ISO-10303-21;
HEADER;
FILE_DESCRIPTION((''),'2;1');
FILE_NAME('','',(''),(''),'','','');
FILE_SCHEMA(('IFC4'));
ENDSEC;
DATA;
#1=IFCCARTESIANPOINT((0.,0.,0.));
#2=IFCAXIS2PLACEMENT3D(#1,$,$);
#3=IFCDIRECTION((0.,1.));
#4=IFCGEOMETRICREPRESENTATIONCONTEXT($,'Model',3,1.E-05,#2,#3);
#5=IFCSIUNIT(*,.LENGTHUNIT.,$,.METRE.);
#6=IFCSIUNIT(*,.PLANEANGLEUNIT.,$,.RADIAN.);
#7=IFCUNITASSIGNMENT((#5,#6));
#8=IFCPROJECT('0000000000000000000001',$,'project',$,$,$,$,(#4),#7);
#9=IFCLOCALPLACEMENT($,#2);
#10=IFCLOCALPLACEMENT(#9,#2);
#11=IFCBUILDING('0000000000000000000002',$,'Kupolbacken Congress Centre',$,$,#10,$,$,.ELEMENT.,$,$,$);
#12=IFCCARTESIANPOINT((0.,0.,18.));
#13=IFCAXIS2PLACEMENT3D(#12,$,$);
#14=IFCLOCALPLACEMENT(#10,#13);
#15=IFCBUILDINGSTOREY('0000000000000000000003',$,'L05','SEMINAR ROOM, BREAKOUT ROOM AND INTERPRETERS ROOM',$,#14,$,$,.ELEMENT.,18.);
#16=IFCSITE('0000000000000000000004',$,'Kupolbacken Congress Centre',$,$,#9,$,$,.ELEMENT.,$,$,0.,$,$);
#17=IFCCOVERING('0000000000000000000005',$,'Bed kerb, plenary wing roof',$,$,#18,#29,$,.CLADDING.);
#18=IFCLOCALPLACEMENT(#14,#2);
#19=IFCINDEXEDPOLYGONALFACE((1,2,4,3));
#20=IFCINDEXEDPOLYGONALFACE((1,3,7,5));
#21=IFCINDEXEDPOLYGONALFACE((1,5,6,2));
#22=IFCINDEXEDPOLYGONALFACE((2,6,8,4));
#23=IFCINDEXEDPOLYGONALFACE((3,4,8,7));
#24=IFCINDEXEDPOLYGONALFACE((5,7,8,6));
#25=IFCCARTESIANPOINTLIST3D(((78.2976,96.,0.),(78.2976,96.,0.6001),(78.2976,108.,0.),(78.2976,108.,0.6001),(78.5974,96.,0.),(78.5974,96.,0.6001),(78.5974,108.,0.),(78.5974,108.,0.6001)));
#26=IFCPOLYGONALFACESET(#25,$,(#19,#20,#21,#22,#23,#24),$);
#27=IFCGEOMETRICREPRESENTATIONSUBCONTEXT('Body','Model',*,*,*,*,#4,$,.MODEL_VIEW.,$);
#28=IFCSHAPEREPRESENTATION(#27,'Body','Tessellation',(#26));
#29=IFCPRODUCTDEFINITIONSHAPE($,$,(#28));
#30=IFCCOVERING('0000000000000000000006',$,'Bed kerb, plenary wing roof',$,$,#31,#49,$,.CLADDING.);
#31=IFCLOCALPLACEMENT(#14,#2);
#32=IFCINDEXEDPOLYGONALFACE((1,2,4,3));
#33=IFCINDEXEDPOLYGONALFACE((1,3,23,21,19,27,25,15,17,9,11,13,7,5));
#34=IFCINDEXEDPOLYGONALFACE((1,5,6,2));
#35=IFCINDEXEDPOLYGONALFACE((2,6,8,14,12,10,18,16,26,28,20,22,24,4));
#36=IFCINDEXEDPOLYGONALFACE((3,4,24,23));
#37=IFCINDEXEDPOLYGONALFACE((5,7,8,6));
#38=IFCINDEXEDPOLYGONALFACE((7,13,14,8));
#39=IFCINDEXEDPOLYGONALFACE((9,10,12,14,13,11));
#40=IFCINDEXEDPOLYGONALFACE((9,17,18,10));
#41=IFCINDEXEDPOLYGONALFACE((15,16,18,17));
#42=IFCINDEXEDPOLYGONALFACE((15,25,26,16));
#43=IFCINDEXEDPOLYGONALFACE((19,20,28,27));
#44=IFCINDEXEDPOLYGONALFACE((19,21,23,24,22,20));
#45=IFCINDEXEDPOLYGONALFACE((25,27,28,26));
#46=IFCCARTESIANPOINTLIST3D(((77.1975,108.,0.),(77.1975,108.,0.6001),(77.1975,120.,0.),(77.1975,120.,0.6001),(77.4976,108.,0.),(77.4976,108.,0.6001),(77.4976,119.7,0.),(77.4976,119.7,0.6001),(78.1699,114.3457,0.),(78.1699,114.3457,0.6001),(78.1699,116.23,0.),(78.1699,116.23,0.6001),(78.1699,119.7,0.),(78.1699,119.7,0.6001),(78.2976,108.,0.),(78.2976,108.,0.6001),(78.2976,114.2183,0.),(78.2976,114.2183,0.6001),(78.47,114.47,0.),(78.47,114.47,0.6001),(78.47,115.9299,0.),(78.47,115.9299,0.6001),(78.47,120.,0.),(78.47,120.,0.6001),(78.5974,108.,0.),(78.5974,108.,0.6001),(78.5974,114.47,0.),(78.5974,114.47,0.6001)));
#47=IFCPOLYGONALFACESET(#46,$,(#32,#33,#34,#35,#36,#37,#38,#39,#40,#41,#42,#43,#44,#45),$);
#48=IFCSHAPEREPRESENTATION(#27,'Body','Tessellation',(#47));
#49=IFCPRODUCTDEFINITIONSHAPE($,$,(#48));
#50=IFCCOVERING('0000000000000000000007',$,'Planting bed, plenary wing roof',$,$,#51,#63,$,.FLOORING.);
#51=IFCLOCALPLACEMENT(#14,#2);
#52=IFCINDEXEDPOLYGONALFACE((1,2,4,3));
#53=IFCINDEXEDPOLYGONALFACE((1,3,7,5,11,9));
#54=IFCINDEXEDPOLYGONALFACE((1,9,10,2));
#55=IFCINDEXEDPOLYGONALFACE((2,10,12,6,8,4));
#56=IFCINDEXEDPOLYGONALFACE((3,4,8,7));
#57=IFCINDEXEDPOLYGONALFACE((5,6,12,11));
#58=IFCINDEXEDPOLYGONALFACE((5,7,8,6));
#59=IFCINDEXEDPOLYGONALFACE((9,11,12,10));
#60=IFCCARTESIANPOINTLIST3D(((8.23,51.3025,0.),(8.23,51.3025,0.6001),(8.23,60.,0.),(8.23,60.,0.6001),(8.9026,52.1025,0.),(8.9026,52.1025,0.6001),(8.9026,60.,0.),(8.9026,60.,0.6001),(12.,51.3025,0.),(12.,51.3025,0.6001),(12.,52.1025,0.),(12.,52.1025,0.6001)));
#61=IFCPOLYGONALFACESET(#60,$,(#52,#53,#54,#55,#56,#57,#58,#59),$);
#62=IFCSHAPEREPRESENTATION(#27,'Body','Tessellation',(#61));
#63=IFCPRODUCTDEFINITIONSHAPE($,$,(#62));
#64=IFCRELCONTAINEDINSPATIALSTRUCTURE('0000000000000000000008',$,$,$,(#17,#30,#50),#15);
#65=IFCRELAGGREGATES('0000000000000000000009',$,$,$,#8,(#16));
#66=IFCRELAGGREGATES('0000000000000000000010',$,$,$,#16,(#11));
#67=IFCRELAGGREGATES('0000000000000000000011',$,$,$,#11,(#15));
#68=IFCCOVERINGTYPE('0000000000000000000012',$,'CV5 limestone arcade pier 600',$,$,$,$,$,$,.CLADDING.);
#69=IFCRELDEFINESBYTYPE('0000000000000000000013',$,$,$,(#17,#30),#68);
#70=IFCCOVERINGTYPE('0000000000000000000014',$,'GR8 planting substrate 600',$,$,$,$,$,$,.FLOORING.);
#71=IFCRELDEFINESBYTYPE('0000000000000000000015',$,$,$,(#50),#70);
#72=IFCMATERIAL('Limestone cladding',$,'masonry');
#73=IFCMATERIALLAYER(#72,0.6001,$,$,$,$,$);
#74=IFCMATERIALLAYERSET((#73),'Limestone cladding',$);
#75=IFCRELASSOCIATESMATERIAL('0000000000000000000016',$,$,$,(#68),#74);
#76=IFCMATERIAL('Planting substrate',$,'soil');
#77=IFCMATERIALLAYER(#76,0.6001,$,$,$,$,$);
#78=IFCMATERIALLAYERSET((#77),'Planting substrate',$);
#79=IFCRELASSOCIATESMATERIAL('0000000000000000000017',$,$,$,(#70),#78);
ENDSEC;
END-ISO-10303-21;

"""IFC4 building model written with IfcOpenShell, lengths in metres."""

from ifc_helpers import new_model, si_unit, direction, frame, origin, place, context, subcontext, project, spatial, polyline, outline, extrude, material, layer, layer_set, type_object, element, save


model = new_model("IFC4")

# Units and contexts
model_context = context("Model", 3, precision=1e-05, world=origin(), true_north=direction((0.0, 1.0)))
body_context = subcontext(model_context, "Body", "Model", "MODEL_VIEW")
ifc_project = project(units=[si_unit("LENGTHUNIT", "METRE"), si_unit("PLANEANGLEUNIT", "RADIAN")], contexts=[model_context])

# Site, building, storey
site_placement = place(None, origin())
site = spatial("IfcSite", under=ifc_project, at=site_placement, Name="Kupolbacken Congress Centre", CompositionType="ELEMENT", RefElevation=0.0)
building_placement = place(site_placement, origin())
building = spatial("IfcBuilding", under=site, at=building_placement, Name="Kupolbacken Congress Centre", CompositionType="ELEMENT")
storey_placement = place(building_placement, frame((0.0, 0.0, 18.0)))
storey = spatial("IfcBuildingStorey", under=building, at=storey_placement, Name="L05", Description="SEMINAR ROOM, BREAKOUT ROOM AND INTERPRETERS ROOM", CompositionType="ELEMENT", Elevation=18.0)

# Coverings
ifc_material_1 = material(Name="Limestone cladding", Category="masonry")
ifc_layer_1 = layer(ifc_material_1, 0.6001)
ifc_layer_set_1 = layer_set([ifc_layer_1], Name="Limestone cladding")
covering_type_1 = type_object("IfcCoveringType", Name="CV5 limestone arcade pier 600", PredefinedType="CLADDING", material=ifc_layer_set_1)
covering_1_placement = place(storey_placement, origin())
element("IfcCovering", 1, at=covering_1_placement, inside=storey, type_object=covering_type_1, Name="Bed kerb, plenary wing roof", PredefinedType="CLADDING", context=body_context, shape_type="SweptSolid", body=[
    extrude(outline(polyline([(78.5974, 96.0), (78.2976, 96.0), (78.2976, 108.0), (78.5974, 108.0), (78.5974, 96.0)])), origin(), (0.0, 0.0, 1.0), 0.6001),
])
covering_2_placement = place(storey_placement, origin())
element("IfcCovering", 2, at=covering_2_placement, inside=storey, type_object=covering_type_1, Name="Bed kerb, plenary wing roof", PredefinedType="CLADDING", context=body_context, shape_type="SweptSolid", body=[
    extrude(outline(polyline([(77.1975, 120.0), (78.47, 120.0), (78.47, 115.9299), (78.47, 115.9299), (78.47, 114.47), (78.47, 114.47), (78.47, 114.47), (78.5974, 114.47), (78.5974, 108.0), (78.2976, 108.0), (78.2976, 114.2183), (78.1699, 114.3457), (78.1699, 116.23), (78.1699, 116.23), (78.1699, 119.7), (77.4976, 119.7), (77.4976, 108.0), (77.1975, 108.0), (77.1975, 120.0)])), origin(), (0.0, 0.0, 1.0), 0.6001),
])
ifc_material_2 = material(Name="Planting substrate", Category="soil")
ifc_layer_2 = layer(ifc_material_2, 0.6001)
ifc_layer_set_2 = layer_set([ifc_layer_2], Name="Planting substrate")
covering_type_2 = type_object("IfcCoveringType", Name="GR8 planting substrate 600", PredefinedType="FLOORING", material=ifc_layer_set_2)
covering_3_placement = place(storey_placement, origin())
element("IfcCovering", 3, at=covering_3_placement, inside=storey, type_object=covering_type_2, Name="Planting bed, plenary wing roof", PredefinedType="FLOORING", context=body_context, shape_type="SweptSolid", body=[
    extrude(outline(polyline([(8.23, 60.0), (8.9026, 60.0), (8.9026, 52.1025), (12.0, 52.1025), (12.0, 51.3025), (8.23, 51.3025), (8.23, 60.0)])), origin(), (0.0, 0.0, 1.0), 0.6001),
])

save(model, "model.ifc")
